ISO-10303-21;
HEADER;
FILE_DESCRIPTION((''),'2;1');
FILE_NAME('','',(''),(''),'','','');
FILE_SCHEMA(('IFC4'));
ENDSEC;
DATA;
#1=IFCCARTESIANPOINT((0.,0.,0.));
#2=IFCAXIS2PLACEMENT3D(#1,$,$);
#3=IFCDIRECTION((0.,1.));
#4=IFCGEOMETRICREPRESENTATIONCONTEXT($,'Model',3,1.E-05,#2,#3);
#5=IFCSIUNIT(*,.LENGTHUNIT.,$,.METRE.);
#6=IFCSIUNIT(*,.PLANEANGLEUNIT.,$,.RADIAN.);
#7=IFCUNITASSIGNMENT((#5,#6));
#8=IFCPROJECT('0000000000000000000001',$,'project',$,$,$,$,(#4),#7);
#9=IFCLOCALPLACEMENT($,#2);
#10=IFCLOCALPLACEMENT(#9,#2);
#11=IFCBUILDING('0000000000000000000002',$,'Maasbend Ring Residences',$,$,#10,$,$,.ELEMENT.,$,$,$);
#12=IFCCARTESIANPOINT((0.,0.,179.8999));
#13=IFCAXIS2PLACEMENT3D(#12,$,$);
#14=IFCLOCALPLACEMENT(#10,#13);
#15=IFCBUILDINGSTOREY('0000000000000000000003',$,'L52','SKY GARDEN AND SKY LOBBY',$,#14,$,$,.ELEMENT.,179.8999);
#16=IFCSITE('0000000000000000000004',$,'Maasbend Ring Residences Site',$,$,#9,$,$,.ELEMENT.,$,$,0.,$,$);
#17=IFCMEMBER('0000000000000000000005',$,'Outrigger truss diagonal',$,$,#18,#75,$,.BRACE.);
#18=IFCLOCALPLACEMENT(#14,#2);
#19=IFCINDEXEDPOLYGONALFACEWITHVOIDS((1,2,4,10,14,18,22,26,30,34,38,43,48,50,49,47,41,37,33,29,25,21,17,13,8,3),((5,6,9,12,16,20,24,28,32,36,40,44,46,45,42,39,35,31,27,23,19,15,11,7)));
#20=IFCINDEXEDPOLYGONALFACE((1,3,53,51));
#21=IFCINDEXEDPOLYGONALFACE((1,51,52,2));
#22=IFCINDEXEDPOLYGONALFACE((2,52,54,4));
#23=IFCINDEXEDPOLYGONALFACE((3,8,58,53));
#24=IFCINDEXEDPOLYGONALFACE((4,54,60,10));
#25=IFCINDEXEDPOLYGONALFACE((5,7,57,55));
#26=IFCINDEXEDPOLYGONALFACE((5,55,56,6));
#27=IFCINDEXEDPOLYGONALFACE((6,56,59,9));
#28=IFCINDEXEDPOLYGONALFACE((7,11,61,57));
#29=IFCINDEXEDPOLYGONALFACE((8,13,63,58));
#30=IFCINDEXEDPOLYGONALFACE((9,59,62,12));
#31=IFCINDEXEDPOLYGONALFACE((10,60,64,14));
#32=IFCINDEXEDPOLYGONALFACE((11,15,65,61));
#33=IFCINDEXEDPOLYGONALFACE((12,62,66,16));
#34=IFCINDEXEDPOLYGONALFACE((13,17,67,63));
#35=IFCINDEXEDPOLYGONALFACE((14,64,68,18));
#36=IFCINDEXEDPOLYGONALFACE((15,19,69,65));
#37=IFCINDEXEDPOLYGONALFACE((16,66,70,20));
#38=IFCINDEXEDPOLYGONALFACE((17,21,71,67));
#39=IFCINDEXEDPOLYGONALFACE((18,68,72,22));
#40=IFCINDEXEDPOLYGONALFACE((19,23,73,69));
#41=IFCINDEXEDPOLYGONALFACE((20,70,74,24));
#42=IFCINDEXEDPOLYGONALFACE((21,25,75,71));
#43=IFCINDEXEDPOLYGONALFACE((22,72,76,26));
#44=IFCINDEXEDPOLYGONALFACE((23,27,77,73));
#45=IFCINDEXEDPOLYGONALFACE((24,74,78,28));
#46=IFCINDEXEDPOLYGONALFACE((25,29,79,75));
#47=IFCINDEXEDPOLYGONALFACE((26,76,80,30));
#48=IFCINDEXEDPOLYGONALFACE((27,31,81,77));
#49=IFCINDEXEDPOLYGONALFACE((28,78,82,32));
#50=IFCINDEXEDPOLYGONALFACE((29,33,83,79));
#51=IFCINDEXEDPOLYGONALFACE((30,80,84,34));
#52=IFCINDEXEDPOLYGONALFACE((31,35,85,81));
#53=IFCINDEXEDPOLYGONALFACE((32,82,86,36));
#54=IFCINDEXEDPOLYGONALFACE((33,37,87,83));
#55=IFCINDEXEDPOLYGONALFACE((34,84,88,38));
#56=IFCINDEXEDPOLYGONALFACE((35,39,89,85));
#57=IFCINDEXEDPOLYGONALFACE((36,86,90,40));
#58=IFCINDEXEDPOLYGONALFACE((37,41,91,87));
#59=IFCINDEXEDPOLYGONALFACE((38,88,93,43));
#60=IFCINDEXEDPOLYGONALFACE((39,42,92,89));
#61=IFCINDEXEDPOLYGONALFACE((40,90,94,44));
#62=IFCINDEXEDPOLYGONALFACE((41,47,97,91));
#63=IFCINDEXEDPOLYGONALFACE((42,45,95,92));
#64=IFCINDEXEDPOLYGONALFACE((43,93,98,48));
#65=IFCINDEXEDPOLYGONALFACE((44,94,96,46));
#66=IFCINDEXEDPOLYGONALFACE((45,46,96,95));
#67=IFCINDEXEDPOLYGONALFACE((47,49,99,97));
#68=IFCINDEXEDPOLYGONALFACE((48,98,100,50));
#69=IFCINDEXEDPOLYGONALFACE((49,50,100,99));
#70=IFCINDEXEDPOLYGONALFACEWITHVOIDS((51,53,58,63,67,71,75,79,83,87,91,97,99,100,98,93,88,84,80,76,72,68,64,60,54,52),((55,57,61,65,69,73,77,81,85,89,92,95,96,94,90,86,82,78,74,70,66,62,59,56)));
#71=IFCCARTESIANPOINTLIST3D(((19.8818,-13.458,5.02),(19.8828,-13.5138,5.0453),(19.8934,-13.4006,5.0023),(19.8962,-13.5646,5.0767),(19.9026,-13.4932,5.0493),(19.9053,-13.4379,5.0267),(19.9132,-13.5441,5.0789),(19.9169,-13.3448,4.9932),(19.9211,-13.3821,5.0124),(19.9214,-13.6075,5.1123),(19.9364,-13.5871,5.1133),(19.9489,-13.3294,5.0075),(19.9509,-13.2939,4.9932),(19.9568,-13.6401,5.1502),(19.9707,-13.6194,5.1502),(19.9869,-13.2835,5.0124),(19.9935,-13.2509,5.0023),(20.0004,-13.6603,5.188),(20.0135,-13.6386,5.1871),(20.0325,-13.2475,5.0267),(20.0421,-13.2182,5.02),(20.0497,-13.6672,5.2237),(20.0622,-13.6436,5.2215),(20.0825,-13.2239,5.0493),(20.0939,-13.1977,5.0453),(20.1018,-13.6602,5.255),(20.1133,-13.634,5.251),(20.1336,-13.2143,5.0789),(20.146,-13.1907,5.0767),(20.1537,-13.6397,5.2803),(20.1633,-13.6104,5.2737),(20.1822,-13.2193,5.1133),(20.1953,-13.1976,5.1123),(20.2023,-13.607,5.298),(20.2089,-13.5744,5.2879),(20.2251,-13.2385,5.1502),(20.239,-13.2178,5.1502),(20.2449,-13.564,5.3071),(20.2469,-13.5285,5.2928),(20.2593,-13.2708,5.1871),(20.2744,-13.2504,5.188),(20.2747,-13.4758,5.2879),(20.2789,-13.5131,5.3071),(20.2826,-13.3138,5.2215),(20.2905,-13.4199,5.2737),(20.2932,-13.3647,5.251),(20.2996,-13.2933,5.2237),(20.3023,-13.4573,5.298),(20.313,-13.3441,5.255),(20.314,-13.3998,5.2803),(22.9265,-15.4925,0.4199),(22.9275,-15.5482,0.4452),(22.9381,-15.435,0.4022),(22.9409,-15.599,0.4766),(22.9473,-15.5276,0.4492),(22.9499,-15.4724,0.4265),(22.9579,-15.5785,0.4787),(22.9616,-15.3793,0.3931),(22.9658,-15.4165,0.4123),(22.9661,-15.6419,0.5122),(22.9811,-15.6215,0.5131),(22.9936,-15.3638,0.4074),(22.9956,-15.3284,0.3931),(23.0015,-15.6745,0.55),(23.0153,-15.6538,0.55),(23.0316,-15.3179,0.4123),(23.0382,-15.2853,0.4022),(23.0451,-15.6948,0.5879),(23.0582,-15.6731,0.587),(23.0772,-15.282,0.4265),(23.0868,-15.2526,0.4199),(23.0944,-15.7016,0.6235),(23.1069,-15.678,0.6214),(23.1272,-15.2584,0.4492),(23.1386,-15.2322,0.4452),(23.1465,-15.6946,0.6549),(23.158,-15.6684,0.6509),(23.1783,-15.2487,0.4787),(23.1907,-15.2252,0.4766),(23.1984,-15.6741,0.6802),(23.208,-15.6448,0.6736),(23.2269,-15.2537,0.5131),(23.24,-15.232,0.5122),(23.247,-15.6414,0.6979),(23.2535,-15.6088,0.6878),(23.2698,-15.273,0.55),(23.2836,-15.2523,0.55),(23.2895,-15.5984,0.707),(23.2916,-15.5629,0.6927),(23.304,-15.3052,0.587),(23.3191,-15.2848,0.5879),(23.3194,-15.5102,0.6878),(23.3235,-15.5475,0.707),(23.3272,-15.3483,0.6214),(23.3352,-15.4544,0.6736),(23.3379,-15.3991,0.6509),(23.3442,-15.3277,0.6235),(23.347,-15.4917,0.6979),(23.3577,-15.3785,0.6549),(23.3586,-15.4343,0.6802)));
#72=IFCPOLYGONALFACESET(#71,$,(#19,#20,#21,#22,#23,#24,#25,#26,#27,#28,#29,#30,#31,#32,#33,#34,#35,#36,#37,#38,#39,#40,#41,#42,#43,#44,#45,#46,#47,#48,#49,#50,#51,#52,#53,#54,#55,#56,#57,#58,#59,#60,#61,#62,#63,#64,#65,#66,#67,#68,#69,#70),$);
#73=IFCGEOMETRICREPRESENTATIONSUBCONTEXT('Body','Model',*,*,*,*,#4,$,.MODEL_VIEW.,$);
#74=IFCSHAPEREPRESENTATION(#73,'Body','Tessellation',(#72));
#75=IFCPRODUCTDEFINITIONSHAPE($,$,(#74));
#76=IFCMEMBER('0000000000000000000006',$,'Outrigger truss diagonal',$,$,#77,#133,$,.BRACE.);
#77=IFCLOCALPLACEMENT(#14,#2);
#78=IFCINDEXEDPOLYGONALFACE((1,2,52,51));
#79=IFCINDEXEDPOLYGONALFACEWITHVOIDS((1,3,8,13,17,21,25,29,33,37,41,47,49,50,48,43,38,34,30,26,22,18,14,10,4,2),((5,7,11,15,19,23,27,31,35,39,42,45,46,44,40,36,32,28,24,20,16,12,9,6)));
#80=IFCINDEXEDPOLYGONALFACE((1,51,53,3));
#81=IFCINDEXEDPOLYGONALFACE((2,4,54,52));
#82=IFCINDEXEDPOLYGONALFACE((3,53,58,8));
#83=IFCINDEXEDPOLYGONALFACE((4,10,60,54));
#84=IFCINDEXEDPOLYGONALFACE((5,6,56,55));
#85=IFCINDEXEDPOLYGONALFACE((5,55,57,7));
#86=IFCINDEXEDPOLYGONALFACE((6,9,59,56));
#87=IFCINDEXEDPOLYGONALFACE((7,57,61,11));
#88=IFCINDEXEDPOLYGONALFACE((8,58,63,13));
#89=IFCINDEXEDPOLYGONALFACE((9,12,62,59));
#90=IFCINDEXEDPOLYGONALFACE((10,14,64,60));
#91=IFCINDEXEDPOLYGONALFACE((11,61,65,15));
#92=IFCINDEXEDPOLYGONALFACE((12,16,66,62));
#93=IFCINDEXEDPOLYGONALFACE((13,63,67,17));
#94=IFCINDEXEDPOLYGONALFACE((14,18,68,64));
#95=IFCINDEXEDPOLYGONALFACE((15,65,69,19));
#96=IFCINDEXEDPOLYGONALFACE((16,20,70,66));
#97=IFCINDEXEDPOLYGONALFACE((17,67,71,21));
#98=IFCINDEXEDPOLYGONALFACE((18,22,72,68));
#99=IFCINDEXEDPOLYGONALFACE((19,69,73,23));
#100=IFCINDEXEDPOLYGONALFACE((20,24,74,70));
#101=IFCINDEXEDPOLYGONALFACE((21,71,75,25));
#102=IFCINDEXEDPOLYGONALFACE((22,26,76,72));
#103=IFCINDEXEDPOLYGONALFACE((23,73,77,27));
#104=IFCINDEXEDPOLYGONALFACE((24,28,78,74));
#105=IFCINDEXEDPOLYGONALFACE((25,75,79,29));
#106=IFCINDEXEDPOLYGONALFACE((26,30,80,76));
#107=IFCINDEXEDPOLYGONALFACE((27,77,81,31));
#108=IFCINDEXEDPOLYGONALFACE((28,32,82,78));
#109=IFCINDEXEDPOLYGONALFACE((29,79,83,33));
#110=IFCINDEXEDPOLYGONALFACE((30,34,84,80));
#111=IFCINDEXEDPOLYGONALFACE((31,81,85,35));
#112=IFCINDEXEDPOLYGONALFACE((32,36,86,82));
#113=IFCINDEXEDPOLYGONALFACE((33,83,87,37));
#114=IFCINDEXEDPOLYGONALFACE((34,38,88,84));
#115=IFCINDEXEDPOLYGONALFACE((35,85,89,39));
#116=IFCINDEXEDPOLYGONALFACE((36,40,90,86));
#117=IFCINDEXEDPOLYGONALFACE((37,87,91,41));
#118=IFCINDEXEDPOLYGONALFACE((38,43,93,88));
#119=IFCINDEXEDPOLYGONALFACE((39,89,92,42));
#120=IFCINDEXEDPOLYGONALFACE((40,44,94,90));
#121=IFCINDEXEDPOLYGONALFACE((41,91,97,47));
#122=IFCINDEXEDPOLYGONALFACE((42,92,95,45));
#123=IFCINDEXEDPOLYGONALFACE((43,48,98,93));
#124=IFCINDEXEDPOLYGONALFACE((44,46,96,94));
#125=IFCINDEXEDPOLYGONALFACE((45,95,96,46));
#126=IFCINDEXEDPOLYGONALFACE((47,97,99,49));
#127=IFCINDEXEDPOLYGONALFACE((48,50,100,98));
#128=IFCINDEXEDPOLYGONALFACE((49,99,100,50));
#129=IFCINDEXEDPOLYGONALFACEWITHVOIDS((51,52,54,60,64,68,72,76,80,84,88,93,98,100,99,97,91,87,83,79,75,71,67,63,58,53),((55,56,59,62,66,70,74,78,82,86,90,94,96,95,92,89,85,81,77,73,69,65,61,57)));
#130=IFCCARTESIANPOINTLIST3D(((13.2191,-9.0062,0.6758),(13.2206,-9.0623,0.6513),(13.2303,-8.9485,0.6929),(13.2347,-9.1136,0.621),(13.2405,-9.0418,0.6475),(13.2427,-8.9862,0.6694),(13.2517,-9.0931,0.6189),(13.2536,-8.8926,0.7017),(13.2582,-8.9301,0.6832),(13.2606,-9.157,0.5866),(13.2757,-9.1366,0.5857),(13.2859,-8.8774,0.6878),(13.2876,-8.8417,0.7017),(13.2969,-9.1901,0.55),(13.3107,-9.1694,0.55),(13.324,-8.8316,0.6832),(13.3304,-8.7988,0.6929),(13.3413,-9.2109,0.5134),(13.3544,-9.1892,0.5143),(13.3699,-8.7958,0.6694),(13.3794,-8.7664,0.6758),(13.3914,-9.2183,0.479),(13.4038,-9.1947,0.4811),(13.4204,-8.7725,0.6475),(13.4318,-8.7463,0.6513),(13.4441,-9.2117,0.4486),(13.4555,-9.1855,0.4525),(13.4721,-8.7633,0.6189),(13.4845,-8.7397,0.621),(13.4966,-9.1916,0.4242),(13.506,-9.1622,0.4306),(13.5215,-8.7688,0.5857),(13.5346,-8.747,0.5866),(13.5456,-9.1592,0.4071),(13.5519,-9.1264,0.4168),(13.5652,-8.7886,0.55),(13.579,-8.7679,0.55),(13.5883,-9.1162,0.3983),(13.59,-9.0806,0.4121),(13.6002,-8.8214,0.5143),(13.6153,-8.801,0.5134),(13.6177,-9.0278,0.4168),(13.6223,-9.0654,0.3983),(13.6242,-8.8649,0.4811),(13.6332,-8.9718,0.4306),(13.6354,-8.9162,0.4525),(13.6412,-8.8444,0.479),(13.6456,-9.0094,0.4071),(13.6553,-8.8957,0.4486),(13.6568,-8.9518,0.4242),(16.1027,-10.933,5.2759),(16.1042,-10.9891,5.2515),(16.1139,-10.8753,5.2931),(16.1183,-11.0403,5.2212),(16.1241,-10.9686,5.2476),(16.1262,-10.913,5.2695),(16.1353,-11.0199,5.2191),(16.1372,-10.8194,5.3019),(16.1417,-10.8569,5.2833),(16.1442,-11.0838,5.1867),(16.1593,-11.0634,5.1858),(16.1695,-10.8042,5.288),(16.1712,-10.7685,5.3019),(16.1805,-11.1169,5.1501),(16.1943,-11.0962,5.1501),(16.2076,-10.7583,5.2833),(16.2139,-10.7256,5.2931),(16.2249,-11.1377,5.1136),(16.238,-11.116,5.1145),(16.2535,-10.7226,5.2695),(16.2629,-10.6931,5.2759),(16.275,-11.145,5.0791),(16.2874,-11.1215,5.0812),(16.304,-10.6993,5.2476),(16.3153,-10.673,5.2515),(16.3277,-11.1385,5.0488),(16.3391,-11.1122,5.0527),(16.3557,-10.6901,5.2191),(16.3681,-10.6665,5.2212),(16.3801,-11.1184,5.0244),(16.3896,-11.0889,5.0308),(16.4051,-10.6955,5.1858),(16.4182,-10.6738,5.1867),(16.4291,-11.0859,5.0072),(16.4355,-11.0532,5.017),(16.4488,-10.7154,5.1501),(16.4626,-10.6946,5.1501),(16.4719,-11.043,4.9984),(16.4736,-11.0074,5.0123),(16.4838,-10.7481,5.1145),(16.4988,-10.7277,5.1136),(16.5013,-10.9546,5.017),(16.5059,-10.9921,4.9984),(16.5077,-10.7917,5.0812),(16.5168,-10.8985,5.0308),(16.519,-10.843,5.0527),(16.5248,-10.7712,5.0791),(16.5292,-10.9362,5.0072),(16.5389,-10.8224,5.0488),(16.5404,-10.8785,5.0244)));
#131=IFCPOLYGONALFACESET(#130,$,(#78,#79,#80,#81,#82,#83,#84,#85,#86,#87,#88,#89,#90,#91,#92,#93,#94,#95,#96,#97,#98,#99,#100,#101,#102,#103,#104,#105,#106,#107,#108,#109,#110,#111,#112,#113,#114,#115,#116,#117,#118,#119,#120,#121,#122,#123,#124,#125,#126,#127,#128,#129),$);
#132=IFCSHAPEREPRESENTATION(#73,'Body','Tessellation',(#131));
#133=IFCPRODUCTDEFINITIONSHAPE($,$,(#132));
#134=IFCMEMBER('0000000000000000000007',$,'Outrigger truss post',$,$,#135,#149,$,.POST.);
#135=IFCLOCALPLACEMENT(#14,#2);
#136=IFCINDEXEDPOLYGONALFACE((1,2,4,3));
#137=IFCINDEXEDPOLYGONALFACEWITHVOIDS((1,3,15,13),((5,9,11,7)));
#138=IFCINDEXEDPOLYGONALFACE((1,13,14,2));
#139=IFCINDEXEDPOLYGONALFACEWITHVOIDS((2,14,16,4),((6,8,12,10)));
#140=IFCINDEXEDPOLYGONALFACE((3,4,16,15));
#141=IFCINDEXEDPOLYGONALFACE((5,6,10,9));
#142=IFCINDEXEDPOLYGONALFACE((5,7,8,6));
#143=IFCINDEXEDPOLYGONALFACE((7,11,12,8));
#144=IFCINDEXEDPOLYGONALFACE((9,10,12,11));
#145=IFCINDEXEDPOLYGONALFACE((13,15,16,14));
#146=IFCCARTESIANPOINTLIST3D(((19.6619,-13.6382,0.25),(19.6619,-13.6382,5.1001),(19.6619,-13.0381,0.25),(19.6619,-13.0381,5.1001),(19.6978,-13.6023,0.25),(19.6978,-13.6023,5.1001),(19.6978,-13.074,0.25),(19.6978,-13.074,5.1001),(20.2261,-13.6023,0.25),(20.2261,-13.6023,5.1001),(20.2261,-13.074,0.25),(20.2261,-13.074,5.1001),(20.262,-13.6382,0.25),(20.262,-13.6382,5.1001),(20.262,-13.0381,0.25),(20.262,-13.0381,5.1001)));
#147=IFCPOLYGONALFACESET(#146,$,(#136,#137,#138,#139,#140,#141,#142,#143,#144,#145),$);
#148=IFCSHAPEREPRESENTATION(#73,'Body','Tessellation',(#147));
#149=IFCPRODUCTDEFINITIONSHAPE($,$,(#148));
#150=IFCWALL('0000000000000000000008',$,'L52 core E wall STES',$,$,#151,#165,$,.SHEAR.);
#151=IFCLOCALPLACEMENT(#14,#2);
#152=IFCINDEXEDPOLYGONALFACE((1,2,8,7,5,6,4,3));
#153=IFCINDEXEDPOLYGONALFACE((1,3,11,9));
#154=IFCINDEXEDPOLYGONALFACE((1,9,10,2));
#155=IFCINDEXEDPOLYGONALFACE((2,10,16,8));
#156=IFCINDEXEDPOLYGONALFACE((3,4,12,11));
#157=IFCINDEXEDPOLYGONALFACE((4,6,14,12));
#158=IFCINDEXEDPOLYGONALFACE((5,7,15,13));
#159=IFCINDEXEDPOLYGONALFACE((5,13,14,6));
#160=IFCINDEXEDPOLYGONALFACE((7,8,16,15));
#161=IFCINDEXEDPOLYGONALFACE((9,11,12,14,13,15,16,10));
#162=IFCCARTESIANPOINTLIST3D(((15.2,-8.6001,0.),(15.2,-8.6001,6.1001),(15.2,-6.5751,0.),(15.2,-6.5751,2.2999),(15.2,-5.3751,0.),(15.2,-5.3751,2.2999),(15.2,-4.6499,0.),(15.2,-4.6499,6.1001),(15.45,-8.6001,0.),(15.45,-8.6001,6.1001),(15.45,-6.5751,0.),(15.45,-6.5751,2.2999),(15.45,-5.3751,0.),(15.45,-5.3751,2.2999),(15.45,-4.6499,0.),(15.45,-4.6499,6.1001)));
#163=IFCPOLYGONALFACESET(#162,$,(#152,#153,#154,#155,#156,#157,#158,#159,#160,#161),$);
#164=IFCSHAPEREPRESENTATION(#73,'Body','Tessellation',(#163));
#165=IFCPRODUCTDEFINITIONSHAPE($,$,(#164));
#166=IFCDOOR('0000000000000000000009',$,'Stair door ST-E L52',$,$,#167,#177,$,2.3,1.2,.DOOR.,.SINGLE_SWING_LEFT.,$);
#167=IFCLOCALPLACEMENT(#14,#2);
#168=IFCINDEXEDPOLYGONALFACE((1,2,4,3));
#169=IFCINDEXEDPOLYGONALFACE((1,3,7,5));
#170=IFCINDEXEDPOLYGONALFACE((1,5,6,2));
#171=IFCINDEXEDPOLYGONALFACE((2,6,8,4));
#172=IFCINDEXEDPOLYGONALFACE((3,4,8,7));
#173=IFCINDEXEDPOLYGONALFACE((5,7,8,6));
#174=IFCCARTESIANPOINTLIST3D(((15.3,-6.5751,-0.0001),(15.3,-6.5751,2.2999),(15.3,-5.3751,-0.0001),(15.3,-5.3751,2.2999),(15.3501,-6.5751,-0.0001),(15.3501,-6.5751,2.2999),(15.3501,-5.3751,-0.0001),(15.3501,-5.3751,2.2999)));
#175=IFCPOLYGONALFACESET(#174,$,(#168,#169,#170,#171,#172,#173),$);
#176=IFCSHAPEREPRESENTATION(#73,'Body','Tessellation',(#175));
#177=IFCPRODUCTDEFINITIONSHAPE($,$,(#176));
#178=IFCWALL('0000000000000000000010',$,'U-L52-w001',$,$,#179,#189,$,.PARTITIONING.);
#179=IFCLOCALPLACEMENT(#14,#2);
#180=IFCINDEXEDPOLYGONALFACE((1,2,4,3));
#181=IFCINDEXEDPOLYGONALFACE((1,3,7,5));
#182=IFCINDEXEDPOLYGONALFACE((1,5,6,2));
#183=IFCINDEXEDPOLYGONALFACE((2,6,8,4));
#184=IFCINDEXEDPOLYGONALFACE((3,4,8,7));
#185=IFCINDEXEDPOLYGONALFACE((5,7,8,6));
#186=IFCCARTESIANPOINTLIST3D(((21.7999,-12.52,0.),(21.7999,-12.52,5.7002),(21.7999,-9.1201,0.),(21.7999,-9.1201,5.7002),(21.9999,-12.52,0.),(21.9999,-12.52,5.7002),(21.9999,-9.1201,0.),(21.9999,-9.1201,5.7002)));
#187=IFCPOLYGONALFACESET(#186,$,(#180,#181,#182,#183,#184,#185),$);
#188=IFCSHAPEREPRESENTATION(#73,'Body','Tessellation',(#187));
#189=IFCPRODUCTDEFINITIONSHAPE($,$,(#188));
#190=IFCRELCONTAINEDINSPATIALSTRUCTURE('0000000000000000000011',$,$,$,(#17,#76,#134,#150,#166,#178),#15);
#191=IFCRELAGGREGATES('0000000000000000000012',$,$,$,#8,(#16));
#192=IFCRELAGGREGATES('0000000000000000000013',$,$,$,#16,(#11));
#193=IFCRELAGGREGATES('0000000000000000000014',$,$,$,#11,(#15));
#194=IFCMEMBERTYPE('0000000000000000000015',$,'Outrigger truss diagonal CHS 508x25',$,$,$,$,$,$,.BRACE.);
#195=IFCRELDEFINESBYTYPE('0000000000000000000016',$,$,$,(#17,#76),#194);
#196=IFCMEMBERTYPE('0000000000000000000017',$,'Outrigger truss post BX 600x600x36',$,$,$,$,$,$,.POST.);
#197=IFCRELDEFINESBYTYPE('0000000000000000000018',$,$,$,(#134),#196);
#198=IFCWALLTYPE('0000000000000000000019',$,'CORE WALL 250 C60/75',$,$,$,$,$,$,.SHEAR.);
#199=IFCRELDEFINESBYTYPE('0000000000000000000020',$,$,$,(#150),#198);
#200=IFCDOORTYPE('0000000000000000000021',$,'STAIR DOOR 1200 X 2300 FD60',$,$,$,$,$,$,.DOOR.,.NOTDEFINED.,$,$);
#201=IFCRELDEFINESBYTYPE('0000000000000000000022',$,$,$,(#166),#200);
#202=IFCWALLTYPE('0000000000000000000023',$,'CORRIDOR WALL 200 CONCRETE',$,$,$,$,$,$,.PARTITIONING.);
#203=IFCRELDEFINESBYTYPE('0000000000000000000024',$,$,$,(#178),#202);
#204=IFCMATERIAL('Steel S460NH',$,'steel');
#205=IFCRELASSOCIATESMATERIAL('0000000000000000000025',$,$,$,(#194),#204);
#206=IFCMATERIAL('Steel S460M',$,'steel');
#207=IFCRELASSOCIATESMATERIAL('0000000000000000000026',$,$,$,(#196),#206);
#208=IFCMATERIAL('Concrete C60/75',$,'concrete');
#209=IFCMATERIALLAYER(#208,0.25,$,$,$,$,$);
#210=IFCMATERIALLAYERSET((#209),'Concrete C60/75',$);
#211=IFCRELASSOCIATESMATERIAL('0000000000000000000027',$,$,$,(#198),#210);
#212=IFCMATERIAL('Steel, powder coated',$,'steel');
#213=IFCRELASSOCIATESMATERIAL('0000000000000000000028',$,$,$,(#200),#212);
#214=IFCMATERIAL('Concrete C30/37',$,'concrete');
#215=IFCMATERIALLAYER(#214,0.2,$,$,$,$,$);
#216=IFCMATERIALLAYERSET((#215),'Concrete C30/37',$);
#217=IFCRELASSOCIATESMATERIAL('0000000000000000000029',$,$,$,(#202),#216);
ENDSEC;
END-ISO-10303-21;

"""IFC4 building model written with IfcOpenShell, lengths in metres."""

from ifc_helpers import new_model, si_unit, direction, frame, frame_2d, origin, origin_2d, place, context, subcontext, project, spatial, rectangle, hollow_rectangle, hollow_circle, extrude, material, layer, layer_set, material_profile, profile_set, type_object, element, fill, save


model = new_model("IFC4")

# Units and contexts
model_context = context("Model", 3, precision=1e-05, world=origin(), true_north=direction((0.0, 1.0)))
body_context = subcontext(model_context, "Body", "Model", "MODEL_VIEW")
ifc_project = project(units=[si_unit("LENGTHUNIT", "METRE"), si_unit("PLANEANGLEUNIT", "RADIAN")], contexts=[model_context])

# Site, building, storey
site_placement = place(None, origin())
site = spatial("IfcSite", under=ifc_project, at=site_placement, Name="Maasbend Ring Residences Site", CompositionType="ELEMENT", RefElevation=0.0)
building_placement = place(site_placement, origin())
building = spatial("IfcBuilding", under=site, at=building_placement, Name="Maasbend Ring Residences", CompositionType="ELEMENT")
storey_placement = place(building_placement, frame((0.0, 0.0, 179.8999)))
storey = spatial("IfcBuildingStorey", under=building, at=storey_placement, Name="L52", Description="SKY GARDEN AND SKY LOBBY", CompositionType="ELEMENT", Elevation=179.8999)

# Members
ifc_material_1 = material(Name="Steel S460NH", Category="steel")
ifc_material_profile_1 = material_profile(ifc_material_1, hollow_circle(Radius=0.2539, WallThickness=0.0249, at=origin_2d()), Name="Outrigger truss diagonal CHS 508x25")
ifc_profile_set_1 = profile_set([ifc_material_profile_1], Name="Steel S460NH")
member_type_1 = type_object("IfcMemberType", Name="Outrigger truss diagonal CHS 508x25", PredefinedType="BRACE", material=ifc_profile_set_1)
member_1_placement = place(storey_placement, frame((23.1426, -15.4634, 0.55), z_axis=(-0.517836, 0.346013, 0.782381), x_axis=(-0.555577, -0.831465, 0.0)))
element("IfcMember", 1, at=member_1_placement, inside=storey, type_object=member_type_1, Name="Outrigger truss diagonal", PredefinedType="BRACE", context=body_context, shape_type="SweptSolid", body=[
    extrude(hollow_circle(Radius=0.2539, WallThickness=0.0249, at=origin_2d()), origin(), (0.0, 0.0, 1.0), 5.8796),
])
member_2_placement = place(storey_placement, frame((16.3215, -10.9058, 5.1501), z_axis=(-0.500536, 0.334454, -0.798501), x_axis=(-0.555577, -0.831465, 0.0)))
element("IfcMember", 2, at=member_2_placement, inside=storey, type_object=member_type_1, Name="Outrigger truss diagonal", PredefinedType="BRACE", context=body_context, shape_type="SweptSolid", body=[
    extrude(hollow_circle(Radius=0.2539, WallThickness=0.0249, at=origin_2d()), origin(), (0.0, 0.0, 1.0), 5.761),
])
ifc_material_2 = material(Name="Steel S460M", Category="steel")
ifc_material_profile_2 = material_profile(ifc_material_2, hollow_rectangle(XDim=0.6001, YDim=0.6001, WallThickness=0.0359, at=origin_2d()), Name="Outrigger truss post BX 600x600x36")
ifc_profile_set_2 = profile_set([ifc_material_profile_2], Name="Steel S460M")
member_type_2 = type_object("IfcMemberType", Name="Outrigger truss post BX 600x600x36", PredefinedType="POST", material=ifc_profile_set_2)
member_3_placement = place(storey_placement, frame((19.9619, -13.3381, 0.25), z_axis=(0.0, 0.0, 1.0), x_axis=(1.0, 0.0, 0.0)))
element("IfcMember", 3, at=member_3_placement, inside=storey, type_object=member_type_2, Name="Outrigger truss post", PredefinedType="POST", context=body_context, shape_type="SweptSolid", body=[
    extrude(hollow_rectangle(XDim=0.6001, YDim=0.6001, WallThickness=0.0359, at=origin_2d()), origin(), (0.0, 0.0, 1.0), 4.8501),
])

# Wall, opening, door
ifc_material_3 = material(Name="Concrete C60/75", Category="concrete")
ifc_layer_1 = layer(ifc_material_3, 0.25)
ifc_layer_set_1 = layer_set([ifc_layer_1], Name="Concrete C60/75")
wall_type_1 = type_object("IfcWallType", Name="CORE WALL 250 C60/75", PredefinedType="SHEAR", material=ifc_layer_set_1)
wall_1_placement = place(storey_placement, frame((15.325, -8.6001, 0.0), z_axis=(0.0, 0.0, 1.0), x_axis=(0.0, 1.0, 0.0)))
wall_1 = element("IfcWall", 4, at=wall_1_placement, inside=storey, type_object=wall_type_1, Name="L52 core E wall STES", PredefinedType="SHEAR", context=body_context, shape_type="SweptSolid", body=[
    extrude(rectangle(XDim=3.9502, YDim=0.25, at=frame_2d((1.9751, 0.0))), origin(), (0.0, 0.0, 1.0), 6.1001),
])
opening_1_placement = place(wall_1_placement, frame((2.0249, 0.0, 0.0)))
opening_1 = element("IfcOpeningElement", 5, at=opening_1_placement, cuts=wall_1, PredefinedType="OPENING", context=body_context, shape_type="SweptSolid", body=[
    extrude(rectangle(XDim=1.2, YDim=2.3, at=frame_2d((0.6001, 1.1499))), frame((0.0, 0.135, 0.0), z_axis=(0.0, -1.0, 0.0), x_axis=(1.0, 0.0, 0.0)), (0.0, 0.0, 1.0), 0.27),
])
ifc_material_4 = material(Name="Steel, powder coated", Category="steel")
door_type_1 = type_object("IfcDoorType", Name="STAIR DOOR 1200 X 2300 FD60", OperationType="NOTDEFINED", PredefinedType="DOOR", material=ifc_material_4)
door_1_placement = place(opening_1_placement, origin())
door_1 = element("IfcDoor", 6, at=door_1_placement, inside=storey, type_object=door_type_1, Name="Stair door ST-E L52", OperationType="SINGLE_SWING_LEFT", OverallHeight=2.3, OverallWidth=1.2, PredefinedType="DOOR", context=body_context, shape_type="SweptSolid", body=[
    extrude(rectangle(XDim=1.2, YDim=2.3, at=frame_2d((0.6001, 1.1499))), frame((0.0, 0.0249, 0.0), z_axis=(0.0, -1.0, 0.0), x_axis=(1.0, 0.0, 0.0)), (0.0, 0.0, 1.0), 0.05),
])
fill(opening_1, door_1)

# Wall
ifc_material_5 = material(Name="Concrete C30/37", Category="concrete")
ifc_layer_2 = layer(ifc_material_5, 0.2)
ifc_layer_set_2 = layer_set([ifc_layer_2], Name="Concrete C30/37")
wall_type_2 = type_object("IfcWallType", Name="CORRIDOR WALL 200 CONCRETE", PredefinedType="PARTITIONING", material=ifc_layer_set_2)
wall_2_placement = place(storey_placement, frame((21.8999, -12.52, 0.0), z_axis=(0.0, 0.0, 1.0), x_axis=(0.0, 1.0, 0.0)))
element("IfcWall", 7, at=wall_2_placement, inside=storey, type_object=wall_type_2, Name="U-L52-w001", PredefinedType="PARTITIONING", context=body_context, shape_type="SweptSolid", body=[
    extrude(rectangle(XDim=3.3999, YDim=0.2, at=frame_2d((1.7, 0.0))), origin(), (0.0, 0.0, 1.0), 5.7002),
])

save(model, "model.ifc")
